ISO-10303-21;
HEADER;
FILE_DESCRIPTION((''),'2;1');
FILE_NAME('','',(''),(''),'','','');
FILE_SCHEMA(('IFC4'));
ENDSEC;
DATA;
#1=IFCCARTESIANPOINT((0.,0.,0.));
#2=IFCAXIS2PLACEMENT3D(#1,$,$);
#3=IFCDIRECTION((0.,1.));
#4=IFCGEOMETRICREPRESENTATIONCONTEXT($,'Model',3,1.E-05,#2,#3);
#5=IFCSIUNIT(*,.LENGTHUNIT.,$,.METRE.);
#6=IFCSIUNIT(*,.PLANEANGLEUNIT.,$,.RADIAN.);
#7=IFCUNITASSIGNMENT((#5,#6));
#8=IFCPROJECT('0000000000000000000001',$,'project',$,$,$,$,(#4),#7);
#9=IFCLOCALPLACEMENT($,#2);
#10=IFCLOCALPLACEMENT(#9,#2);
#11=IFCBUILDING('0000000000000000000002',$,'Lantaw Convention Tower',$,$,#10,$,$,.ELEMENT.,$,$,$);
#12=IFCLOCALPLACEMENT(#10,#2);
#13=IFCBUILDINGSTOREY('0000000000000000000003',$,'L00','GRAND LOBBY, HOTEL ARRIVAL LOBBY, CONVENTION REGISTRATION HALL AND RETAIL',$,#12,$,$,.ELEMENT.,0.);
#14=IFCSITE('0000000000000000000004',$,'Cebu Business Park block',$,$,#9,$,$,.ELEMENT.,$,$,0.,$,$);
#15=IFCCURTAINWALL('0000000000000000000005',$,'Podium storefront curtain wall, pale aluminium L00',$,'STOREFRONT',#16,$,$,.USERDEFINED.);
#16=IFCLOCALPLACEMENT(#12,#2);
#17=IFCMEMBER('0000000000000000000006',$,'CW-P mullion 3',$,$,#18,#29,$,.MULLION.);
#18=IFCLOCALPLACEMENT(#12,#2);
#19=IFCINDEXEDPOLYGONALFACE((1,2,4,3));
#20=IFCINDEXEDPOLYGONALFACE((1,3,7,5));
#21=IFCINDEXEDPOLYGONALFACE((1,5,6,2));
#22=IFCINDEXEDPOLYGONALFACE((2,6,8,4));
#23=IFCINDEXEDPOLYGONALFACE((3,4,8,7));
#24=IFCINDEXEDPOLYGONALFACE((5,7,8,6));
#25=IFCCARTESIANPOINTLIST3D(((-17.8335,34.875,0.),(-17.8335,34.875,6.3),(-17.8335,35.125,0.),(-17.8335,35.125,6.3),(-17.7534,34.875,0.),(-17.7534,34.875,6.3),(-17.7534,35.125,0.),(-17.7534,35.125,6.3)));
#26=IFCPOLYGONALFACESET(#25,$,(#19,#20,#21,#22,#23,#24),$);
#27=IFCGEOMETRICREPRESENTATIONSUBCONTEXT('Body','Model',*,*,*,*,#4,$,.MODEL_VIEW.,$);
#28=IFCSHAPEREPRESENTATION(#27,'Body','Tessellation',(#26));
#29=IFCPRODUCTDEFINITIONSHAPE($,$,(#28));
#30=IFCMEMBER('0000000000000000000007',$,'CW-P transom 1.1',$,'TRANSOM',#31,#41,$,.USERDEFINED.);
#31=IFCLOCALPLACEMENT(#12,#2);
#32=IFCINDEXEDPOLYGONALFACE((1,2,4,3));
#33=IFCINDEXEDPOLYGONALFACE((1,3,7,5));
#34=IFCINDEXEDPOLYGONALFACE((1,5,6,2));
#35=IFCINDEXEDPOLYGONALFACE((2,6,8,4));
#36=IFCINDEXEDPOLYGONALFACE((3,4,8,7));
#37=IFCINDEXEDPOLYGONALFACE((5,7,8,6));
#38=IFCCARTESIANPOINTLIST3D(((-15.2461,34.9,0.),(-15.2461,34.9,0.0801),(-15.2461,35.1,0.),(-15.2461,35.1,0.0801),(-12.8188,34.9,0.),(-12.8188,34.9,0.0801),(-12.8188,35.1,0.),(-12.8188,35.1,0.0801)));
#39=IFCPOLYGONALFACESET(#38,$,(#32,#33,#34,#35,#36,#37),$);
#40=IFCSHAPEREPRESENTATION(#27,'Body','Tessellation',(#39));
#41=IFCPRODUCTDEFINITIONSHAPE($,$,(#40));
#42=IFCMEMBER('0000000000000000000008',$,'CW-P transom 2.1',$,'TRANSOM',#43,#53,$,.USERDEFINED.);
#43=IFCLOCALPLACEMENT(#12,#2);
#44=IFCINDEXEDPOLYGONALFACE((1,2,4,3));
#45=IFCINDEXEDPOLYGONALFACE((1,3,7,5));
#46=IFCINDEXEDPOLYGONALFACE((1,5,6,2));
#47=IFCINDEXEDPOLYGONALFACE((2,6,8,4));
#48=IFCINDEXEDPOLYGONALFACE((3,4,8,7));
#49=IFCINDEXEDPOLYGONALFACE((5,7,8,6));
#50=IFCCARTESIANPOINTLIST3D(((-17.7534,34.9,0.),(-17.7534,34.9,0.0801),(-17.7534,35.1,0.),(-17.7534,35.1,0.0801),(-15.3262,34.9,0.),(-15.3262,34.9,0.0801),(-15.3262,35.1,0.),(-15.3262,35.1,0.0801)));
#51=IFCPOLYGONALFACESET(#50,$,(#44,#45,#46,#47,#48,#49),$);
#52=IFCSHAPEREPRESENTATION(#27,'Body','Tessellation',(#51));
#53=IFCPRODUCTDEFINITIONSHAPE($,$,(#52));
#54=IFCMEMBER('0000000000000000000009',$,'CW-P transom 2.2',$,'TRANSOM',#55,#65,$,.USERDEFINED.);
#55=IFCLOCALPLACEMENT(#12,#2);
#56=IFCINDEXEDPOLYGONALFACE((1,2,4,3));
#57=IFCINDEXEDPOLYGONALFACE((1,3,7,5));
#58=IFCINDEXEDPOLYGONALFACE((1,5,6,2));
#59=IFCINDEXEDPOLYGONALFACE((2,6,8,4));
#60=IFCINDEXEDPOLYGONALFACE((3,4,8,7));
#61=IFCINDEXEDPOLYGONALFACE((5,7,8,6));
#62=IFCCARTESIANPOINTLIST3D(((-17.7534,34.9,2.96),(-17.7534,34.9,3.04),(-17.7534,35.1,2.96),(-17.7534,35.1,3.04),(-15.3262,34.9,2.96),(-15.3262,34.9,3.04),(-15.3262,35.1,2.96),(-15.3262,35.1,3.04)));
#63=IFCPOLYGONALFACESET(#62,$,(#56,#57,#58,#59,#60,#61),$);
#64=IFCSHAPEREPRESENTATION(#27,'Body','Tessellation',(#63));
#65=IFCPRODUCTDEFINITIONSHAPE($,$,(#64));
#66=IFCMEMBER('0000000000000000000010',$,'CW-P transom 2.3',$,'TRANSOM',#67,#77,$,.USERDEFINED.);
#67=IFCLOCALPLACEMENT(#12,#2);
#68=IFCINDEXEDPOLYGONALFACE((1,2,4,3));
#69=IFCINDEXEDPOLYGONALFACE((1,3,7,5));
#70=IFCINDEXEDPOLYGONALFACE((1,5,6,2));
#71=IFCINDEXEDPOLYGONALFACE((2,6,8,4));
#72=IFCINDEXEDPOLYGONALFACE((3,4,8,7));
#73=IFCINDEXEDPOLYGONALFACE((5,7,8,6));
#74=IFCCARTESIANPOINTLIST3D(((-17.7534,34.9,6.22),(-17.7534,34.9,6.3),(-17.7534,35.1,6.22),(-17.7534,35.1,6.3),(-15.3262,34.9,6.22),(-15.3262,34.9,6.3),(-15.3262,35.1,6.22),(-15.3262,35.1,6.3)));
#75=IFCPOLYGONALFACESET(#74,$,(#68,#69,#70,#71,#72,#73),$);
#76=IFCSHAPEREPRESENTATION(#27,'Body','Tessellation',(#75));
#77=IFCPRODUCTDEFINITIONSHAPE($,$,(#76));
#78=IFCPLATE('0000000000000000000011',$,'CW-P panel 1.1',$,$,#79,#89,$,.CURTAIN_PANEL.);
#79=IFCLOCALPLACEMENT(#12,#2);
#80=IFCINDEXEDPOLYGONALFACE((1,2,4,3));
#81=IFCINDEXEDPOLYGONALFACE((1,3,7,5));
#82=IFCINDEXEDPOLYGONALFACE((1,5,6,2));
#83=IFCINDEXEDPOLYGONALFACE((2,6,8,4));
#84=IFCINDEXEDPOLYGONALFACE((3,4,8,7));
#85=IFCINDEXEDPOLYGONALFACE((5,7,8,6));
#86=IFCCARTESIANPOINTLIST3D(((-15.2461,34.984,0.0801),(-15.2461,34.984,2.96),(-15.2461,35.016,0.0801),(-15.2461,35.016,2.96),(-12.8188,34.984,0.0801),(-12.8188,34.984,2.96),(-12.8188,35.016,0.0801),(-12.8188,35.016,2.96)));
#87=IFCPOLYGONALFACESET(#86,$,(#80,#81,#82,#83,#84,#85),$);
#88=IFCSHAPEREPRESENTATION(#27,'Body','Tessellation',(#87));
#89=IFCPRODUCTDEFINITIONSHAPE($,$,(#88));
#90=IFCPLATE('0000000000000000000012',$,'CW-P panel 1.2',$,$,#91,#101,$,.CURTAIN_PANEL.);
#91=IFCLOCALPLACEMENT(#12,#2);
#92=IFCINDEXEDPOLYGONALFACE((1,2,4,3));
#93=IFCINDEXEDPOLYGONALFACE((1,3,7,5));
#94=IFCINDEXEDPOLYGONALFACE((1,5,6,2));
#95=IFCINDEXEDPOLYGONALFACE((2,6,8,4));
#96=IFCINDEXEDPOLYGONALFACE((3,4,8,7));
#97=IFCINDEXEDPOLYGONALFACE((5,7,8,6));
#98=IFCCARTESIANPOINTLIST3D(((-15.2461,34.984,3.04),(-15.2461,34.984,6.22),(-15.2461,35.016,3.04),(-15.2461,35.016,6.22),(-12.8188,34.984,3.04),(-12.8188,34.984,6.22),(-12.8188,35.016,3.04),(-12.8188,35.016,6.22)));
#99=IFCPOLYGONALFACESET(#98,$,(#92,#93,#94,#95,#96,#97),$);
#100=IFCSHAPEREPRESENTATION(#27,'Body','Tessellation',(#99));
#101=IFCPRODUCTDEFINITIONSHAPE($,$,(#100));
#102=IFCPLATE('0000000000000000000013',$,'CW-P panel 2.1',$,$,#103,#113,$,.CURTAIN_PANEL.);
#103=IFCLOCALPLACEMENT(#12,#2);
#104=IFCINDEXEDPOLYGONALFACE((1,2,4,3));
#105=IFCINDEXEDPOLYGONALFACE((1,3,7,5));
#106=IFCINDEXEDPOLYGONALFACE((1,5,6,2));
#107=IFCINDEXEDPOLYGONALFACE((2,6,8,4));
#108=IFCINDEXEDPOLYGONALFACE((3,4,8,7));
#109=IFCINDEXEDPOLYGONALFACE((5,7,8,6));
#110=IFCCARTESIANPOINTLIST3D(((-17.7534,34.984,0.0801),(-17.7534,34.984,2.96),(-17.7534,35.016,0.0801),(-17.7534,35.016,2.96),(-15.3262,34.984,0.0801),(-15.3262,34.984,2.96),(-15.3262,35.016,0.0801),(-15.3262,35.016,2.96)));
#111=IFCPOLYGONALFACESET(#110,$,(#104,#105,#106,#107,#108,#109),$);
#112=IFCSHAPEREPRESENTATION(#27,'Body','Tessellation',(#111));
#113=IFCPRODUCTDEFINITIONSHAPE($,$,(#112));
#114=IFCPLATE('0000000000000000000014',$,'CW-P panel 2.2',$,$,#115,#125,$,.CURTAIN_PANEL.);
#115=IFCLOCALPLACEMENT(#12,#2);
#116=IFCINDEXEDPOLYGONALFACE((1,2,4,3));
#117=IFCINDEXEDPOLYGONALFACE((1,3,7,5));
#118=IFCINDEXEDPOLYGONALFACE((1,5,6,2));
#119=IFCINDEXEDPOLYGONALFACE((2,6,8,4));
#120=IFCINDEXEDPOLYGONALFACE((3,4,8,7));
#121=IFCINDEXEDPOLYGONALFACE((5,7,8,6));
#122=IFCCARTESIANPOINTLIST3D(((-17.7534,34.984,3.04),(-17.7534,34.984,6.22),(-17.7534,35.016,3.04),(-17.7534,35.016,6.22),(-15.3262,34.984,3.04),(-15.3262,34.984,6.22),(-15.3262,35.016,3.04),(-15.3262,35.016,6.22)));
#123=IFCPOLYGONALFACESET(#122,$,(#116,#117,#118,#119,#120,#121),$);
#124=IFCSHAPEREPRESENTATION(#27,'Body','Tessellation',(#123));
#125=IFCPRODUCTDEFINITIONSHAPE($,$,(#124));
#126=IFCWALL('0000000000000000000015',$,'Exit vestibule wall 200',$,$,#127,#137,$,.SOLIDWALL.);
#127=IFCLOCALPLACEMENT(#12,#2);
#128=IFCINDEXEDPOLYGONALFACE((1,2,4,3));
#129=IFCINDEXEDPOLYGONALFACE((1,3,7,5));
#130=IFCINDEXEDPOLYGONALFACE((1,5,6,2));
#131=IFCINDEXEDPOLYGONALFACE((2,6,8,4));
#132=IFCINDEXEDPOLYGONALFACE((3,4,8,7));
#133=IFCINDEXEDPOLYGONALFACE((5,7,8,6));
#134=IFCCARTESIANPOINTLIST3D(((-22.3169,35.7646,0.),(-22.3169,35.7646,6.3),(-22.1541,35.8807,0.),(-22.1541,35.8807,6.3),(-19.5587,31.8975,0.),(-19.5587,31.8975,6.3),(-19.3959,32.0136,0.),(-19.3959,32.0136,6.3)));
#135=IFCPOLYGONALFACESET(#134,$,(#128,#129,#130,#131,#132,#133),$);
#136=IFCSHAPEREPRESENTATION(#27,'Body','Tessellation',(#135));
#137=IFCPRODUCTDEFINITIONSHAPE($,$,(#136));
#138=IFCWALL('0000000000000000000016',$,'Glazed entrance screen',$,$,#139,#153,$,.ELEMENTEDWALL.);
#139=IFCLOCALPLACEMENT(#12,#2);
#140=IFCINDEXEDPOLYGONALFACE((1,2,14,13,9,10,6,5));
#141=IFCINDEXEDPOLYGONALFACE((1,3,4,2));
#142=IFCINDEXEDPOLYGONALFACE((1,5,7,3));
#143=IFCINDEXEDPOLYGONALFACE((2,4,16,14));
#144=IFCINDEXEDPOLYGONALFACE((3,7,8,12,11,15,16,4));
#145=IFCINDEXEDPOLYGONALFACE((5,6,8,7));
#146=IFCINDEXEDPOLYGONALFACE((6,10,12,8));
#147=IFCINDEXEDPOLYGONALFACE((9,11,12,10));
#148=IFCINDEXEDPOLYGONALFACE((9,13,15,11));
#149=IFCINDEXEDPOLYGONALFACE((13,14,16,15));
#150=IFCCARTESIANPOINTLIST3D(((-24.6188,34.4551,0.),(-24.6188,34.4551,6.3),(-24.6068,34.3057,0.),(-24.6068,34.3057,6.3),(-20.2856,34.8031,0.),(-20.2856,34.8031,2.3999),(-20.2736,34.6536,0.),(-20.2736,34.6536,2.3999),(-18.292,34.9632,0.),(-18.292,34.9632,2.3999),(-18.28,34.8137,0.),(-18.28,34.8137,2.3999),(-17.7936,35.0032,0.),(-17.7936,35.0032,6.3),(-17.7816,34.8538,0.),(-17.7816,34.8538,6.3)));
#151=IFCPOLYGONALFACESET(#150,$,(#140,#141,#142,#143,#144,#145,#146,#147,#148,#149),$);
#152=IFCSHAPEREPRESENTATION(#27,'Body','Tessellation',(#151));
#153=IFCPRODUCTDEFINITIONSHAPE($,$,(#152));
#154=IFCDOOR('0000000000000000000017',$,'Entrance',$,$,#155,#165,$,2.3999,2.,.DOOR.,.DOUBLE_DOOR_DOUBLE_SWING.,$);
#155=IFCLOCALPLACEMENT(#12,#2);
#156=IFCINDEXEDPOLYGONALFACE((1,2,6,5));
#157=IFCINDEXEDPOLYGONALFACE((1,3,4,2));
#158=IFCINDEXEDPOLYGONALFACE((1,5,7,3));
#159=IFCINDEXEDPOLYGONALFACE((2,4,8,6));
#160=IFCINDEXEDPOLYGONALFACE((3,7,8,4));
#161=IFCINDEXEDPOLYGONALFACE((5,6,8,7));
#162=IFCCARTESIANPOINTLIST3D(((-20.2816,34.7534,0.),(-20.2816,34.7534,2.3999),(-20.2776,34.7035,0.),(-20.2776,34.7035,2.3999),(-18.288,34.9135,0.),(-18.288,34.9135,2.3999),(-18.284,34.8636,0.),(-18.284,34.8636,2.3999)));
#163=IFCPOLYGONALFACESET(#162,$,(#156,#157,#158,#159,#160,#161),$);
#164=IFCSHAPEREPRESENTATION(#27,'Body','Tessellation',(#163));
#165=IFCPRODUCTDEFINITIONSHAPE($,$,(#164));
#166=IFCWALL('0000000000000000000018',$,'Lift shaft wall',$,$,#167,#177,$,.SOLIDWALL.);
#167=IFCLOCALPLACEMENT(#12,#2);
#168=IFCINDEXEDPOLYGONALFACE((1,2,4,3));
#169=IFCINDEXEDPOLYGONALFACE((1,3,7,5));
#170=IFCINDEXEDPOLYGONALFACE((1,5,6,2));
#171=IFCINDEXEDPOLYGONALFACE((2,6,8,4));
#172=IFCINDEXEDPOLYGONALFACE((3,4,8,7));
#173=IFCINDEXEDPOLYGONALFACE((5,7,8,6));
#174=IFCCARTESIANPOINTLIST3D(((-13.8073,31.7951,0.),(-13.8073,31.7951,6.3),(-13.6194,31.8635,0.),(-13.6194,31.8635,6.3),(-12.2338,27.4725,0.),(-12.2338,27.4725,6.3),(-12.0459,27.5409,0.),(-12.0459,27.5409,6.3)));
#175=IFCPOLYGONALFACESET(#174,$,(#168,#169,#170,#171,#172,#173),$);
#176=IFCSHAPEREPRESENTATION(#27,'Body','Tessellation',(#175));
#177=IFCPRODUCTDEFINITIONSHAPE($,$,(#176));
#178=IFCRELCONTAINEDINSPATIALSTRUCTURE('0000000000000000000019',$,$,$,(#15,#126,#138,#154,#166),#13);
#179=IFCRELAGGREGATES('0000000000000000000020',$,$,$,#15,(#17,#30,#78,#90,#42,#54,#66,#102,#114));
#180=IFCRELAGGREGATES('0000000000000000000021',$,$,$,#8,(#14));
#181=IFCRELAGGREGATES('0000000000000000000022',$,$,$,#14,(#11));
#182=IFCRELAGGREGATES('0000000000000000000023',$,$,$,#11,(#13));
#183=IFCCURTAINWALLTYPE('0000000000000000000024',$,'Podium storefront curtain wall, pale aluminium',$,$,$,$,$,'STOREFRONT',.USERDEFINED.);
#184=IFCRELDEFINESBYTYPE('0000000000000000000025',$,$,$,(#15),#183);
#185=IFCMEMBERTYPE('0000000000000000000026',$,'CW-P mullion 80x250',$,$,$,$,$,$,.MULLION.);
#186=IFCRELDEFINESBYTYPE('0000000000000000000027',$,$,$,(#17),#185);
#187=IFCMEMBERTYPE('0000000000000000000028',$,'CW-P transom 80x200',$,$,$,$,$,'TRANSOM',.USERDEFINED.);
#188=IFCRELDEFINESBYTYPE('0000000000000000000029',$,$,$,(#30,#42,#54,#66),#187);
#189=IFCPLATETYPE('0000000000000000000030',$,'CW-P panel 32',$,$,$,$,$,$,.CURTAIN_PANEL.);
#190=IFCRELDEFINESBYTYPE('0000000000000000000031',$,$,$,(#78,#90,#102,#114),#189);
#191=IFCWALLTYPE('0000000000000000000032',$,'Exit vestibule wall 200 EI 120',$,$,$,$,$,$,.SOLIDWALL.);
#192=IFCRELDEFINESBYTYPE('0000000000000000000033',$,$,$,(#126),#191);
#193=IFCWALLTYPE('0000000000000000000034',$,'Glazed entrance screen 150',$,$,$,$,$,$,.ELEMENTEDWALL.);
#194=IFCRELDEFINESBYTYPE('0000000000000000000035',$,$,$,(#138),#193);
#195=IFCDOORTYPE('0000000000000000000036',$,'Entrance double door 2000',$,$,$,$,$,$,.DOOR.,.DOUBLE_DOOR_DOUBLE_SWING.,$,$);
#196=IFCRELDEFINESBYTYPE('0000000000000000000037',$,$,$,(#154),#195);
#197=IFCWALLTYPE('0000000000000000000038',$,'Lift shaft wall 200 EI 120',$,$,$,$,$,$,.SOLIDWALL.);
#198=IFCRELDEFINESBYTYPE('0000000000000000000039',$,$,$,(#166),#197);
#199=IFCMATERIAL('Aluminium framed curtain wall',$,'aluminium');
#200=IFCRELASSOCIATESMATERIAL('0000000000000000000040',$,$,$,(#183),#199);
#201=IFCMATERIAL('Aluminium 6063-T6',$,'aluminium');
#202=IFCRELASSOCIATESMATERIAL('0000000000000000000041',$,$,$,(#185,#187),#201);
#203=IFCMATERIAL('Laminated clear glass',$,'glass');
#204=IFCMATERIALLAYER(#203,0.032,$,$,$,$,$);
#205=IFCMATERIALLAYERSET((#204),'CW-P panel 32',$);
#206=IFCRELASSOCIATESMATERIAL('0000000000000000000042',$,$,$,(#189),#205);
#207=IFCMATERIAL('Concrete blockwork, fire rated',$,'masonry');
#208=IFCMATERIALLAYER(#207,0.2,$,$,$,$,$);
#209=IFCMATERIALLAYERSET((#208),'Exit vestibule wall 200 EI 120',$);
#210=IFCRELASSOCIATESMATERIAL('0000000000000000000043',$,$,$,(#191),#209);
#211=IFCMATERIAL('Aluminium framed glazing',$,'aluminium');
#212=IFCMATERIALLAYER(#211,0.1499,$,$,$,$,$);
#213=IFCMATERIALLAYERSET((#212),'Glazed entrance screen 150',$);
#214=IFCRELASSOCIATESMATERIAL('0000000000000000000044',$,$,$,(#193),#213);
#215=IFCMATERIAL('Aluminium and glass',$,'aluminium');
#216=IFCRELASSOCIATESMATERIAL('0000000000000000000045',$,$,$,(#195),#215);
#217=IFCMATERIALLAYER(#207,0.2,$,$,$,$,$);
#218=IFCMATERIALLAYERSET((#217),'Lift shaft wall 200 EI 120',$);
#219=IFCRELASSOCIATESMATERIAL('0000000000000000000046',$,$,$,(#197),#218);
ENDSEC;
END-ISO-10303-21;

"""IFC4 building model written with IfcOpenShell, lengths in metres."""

from ifc_helpers import new_model, si_unit, direction, frame, frame_2d, origin, origin_2d, place, context, subcontext, project, spatial, rectangle, extrude, material, layer, layer_set, material_profile, profile_set, type_object, element, fill, aggregate, save


model = new_model("IFC4")

# Units and contexts
model_context = context("Model", 3, precision=1e-05, world=origin(), true_north=direction((0.0, 1.0)))
body_context = subcontext(model_context, "Body", "Model", "MODEL_VIEW")
ifc_project = project(units=[si_unit("LENGTHUNIT", "METRE"), si_unit("PLANEANGLEUNIT", "RADIAN")], contexts=[model_context])

# Site, building, storey
site_placement = place(None, origin())
site = spatial("IfcSite", under=ifc_project, at=site_placement, Name="Cebu Business Park block", CompositionType="ELEMENT", RefElevation=0.0)
building_placement = place(site_placement, origin())
building = spatial("IfcBuilding", under=site, at=building_placement, Name="Lantaw Convention Tower", CompositionType="ELEMENT")
storey_placement = place(building_placement, origin())
storey = spatial("IfcBuildingStorey", under=building, at=storey_placement, Name="L00", Description="GRAND LOBBY, HOTEL ARRIVAL LOBBY, CONVENTION REGISTRATION HALL AND RETAIL", CompositionType="ELEMENT", Elevation=0.0)

# Curtain wall, members, plates
ifc_material_1 = material(Name="Aluminium framed curtain wall", Category="aluminium")
curtain_wall_type = type_object("IfcCurtainWallType", Name="Podium storefront curtain wall, pale aluminium", ElementType="STOREFRONT", PredefinedType="USERDEFINED", material=ifc_material_1)
curtain_wall_placement = place(storey_placement, origin())
curtain_wall = element("IfcCurtainWall", 1, at=curtain_wall_placement, inside=storey, type_object=curtain_wall_type, Name="Podium storefront curtain wall, pale aluminium L00", ObjectType="STOREFRONT", PredefinedType="USERDEFINED")
ifc_material_2 = material(Name="Aluminium 6063-T6", Category="aluminium")
ifc_material_profile_1 = material_profile(ifc_material_2, rectangle(XDim=0.25, YDim=0.0801, at=origin_2d()), Name="CW-P mullion 80x250")
ifc_profile_set_1 = profile_set([ifc_material_profile_1], Name="Aluminium 6063-T6")
member_type_1 = type_object("IfcMemberType", Name="CW-P mullion 80x250", PredefinedType="MULLION", material=ifc_profile_set_1)
member_1_placement = place(storey_placement, frame((-17.7935, 35.0, 0.0), z_axis=(0.0, 0.0, 1.0), x_axis=(0.0, -1.0, 0.0)))
member_1 = element("IfcMember", 2, at=member_1_placement, type_object=member_type_1, Name="CW-P mullion 3", PredefinedType="MULLION", context=body_context, shape_type="SweptSolid", body=[
    extrude(rectangle(XDim=0.25, YDim=0.0801, at=origin_2d()), origin(), (0.0, 0.0, 1.0), 6.3),
])
ifc_material_profile_2 = material_profile(ifc_material_2, rectangle(XDim=0.2, YDim=0.0801, at=origin_2d()), Name="CW-P transom 80x200")
ifc_profile_set_2 = profile_set([ifc_material_profile_2], Name="Aluminium 6063-T6")
member_type_2 = type_object("IfcMemberType", Name="CW-P transom 80x200", ElementType="TRANSOM", PredefinedType="USERDEFINED", material=ifc_profile_set_2)
member_2_placement = place(storey_placement, frame((-12.8188, 35.0, 0.04), z_axis=(-1.0, 0.0, 0.0), x_axis=(0.0, -1.0, 0.0)))
member_2 = element("IfcMember", 3, at=member_2_placement, type_object=member_type_2, Name="CW-P transom 1.1", ObjectType="TRANSOM", PredefinedType="USERDEFINED", context=body_context, shape_type="SweptSolid", body=[
    extrude(rectangle(XDim=0.2, YDim=0.0801, at=origin_2d()), origin(), (0.0, 0.0, 1.0), 2.4272),
])
member_3_placement = place(storey_placement, frame((-15.3262, 35.0, 0.04), z_axis=(-1.0, 0.0, 0.0), x_axis=(0.0, -1.0, 0.0)))
member_3 = element("IfcMember", 4, at=member_3_placement, type_object=member_type_2, Name="CW-P transom 2.1", ObjectType="TRANSOM", PredefinedType="USERDEFINED", context=body_context, shape_type="SweptSolid", body=[
    extrude(rectangle(XDim=0.2, YDim=0.0801, at=origin_2d()), origin(), (0.0, 0.0, 1.0), 2.4272),
])
member_4_placement = place(storey_placement, frame((-15.3262, 35.0, 3.0), z_axis=(-1.0, 0.0, 0.0), x_axis=(0.0, -1.0, 0.0)))
member_4 = element("IfcMember", 5, at=member_4_placement, type_object=member_type_2, Name="CW-P transom 2.2", ObjectType="TRANSOM", PredefinedType="USERDEFINED", context=body_context, shape_type="SweptSolid", body=[
    extrude(rectangle(XDim=0.2, YDim=0.0801, at=origin_2d()), origin(), (0.0, 0.0, 1.0), 2.4272),
])
member_5_placement = place(storey_placement, frame((-15.3262, 35.0, 6.26), z_axis=(-1.0, 0.0, 0.0), x_axis=(0.0, -1.0, 0.0)))
member_5 = element("IfcMember", 6, at=member_5_placement, type_object=member_type_2, Name="CW-P transom 2.3", ObjectType="TRANSOM", PredefinedType="USERDEFINED", context=body_context, shape_type="SweptSolid", body=[
    extrude(rectangle(XDim=0.2, YDim=0.0801, at=origin_2d()), origin(), (0.0, 0.0, 1.0), 2.4272),
])
ifc_material_3 = material(Name="Laminated clear glass", Category="glass")
ifc_layer_1 = layer(ifc_material_3, 0.032)
ifc_layer_set_1 = layer_set([ifc_layer_1], Name="CW-P panel 32")
plate_type = type_object("IfcPlateType", Name="CW-P panel 32", PredefinedType="CURTAIN_PANEL", material=ifc_layer_set_1)
plate_1_placement = place(storey_placement, frame((-14.0325, 35.0, 0.0801), z_axis=(0.0, 0.0, 1.0), x_axis=(-1.0, 0.0, 0.0)))
plate_1 = element("IfcPlate", 7, at=plate_1_placement, type_object=plate_type, Name="CW-P panel 1.1", PredefinedType="CURTAIN_PANEL", context=body_context, shape_type="SweptSolid", body=[
    extrude(rectangle(XDim=2.4272, YDim=0.032, at=origin_2d()), origin(), (0.0, 0.0, 1.0), 2.8799),
])
plate_2_placement = place(storey_placement, frame((-14.0325, 35.0, 3.04), z_axis=(0.0, 0.0, 1.0), x_axis=(-1.0, 0.0, 0.0)))
plate_2 = element("IfcPlate", 8, at=plate_2_placement, type_object=plate_type, Name="CW-P panel 1.2", PredefinedType="CURTAIN_PANEL", context=body_context, shape_type="SweptSolid", body=[
    extrude(rectangle(XDim=2.4272, YDim=0.032, at=origin_2d()), origin(), (0.0, 0.0, 1.0), 3.1799),
])
plate_3_placement = place(storey_placement, frame((-16.5398, 35.0, 0.0801), z_axis=(0.0, 0.0, 1.0), x_axis=(-1.0, 0.0, 0.0)))
plate_3 = element("IfcPlate", 9, at=plate_3_placement, type_object=plate_type, Name="CW-P panel 2.1", PredefinedType="CURTAIN_PANEL", context=body_context, shape_type="SweptSolid", body=[
    extrude(rectangle(XDim=2.4272, YDim=0.032, at=origin_2d()), origin(), (0.0, 0.0, 1.0), 2.8799),
])
plate_4_placement = place(storey_placement, frame((-16.5398, 35.0, 3.04), z_axis=(0.0, 0.0, 1.0), x_axis=(-1.0, 0.0, 0.0)))
plate_4 = element("IfcPlate", 10, at=plate_4_placement, type_object=plate_type, Name="CW-P panel 2.2", PredefinedType="CURTAIN_PANEL", context=body_context, shape_type="SweptSolid", body=[
    extrude(rectangle(XDim=2.4272, YDim=0.032, at=origin_2d()), origin(), (0.0, 0.0, 1.0), 3.1799),
])
aggregate(curtain_wall, [member_1, member_2, plate_1, plate_2, member_3, member_4, member_5, plate_3, plate_4])

# Wall
ifc_material_4 = material(Name="Concrete blockwork, fire rated", Category="masonry")
ifc_layer_2 = layer(ifc_material_4, 0.2)
ifc_layer_set_2 = layer_set([ifc_layer_2], Name="Exit vestibule wall 200 EI 120")
wall_type_1 = type_object("IfcWallType", Name="Exit vestibule wall 200 EI 120", PredefinedType="SOLIDWALL", material=ifc_layer_set_2)
wall_1_placement = place(storey_placement, frame((-19.4773, 31.9556, 0.0), z_axis=(0.0, 0.0, 1.0), x_axis=(-0.580684, 0.814129, 0.0)))
element("IfcWall", 11, at=wall_1_placement, inside=storey, type_object=wall_type_1, Name="Exit vestibule wall 200", PredefinedType="SOLIDWALL", context=body_context, shape_type="SweptSolid", body=[
    extrude(rectangle(XDim=4.75, YDim=0.2, at=frame_2d((2.375, 0.0))), origin(), (0.0, 0.0, 1.0), 6.3),
])

# Wall, opening, door
ifc_material_5 = material(Name="Aluminium framed glazing", Category="aluminium")
ifc_layer_3 = layer(ifc_material_5, 0.1499)
ifc_layer_set_3 = layer_set([ifc_layer_3], Name="Glazed entrance screen 150")
wall_type_2 = type_object("IfcWallType", Name="Glazed entrance screen 150", PredefinedType="ELEMENTEDWALL", material=ifc_layer_set_3)
wall_2_placement = place(storey_placement, frame((-17.7876, 34.9285, 0.0), z_axis=(0.0, 0.0, 1.0), x_axis=(-0.996791, -0.080047, 0.0)))
wall_2 = element("IfcWall", 12, at=wall_2_placement, inside=storey, type_object=wall_type_2, Name="Glazed entrance screen", PredefinedType="ELEMENTEDWALL", context=body_context, shape_type="SweptSolid", body=[
    extrude(rectangle(XDim=6.8472, YDim=0.1499, at=frame_2d((3.4236, 0.0))), origin(), (0.0, 0.0, 1.0), 6.3),
])
opening_1_placement = place(wall_2_placement, frame((0.5, 0.0, 0.0)))
opening_1 = element("IfcOpeningElement", 13, at=opening_1_placement, cuts=wall_2, PredefinedType="OPENING", context=body_context, shape_type="SweptSolid", body=[
    extrude(rectangle(XDim=2.0, YDim=2.3999, at=frame_2d((1.0, 1.2))), frame((0.0, 0.085, 0.0), z_axis=(0.0, -1.0, 0.0), x_axis=(1.0, 0.0, 0.0)), (0.0, 0.0, 1.0), 0.1699),
])
ifc_material_6 = material(Name="Aluminium and glass", Category="aluminium")
door_type_1 = type_object("IfcDoorType", Name="Entrance double door 2000", OperationType="DOUBLE_DOOR_DOUBLE_SWING", PredefinedType="DOOR", material=ifc_material_6)
door_1_placement = place(opening_1_placement, origin())
door_1 = element("IfcDoor", 14, at=door_1_placement, inside=storey, type_object=door_type_1, Name="Entrance", OperationType="DOUBLE_DOOR_DOUBLE_SWING", OverallHeight=2.3999, OverallWidth=2.0, PredefinedType="DOOR", context=body_context, shape_type="SweptSolid", body=[
    extrude(rectangle(XDim=2.0, YDim=2.3999, at=frame_2d((1.0, 1.2))), frame((0.0, 0.0249, 0.0), z_axis=(0.0, -1.0, 0.0), x_axis=(1.0, 0.0, 0.0)), (0.0, 0.0, 1.0), 0.05),
])
fill(opening_1, door_1)

# Wall
ifc_layer_4 = layer(ifc_material_4, 0.2)
ifc_layer_set_4 = layer_set([ifc_layer_4], Name="Lift shaft wall 200 EI 120")
wall_type_3 = type_object("IfcWallType", Name="Lift shaft wall 200 EI 120", PredefinedType="SOLIDWALL", material=ifc_layer_set_4)
wall_3_placement = place(storey_placement, frame((-13.7134, 31.8293, 0.0), z_axis=(0.0, 0.0, 1.0), x_axis=(0.342063, -0.939677, 0.0)))
element("IfcWall", 15, at=wall_3_placement, inside=storey, type_object=wall_type_3, Name="Lift shaft wall", PredefinedType="SOLIDWALL", context=body_context, shape_type="SweptSolid", body=[
    extrude(rectangle(XDim=4.6001, YDim=0.2, at=frame_2d((2.3, 0.0))), origin(), (0.0, 0.0, 1.0), 6.3),
])

save(model, "model.ifc")
